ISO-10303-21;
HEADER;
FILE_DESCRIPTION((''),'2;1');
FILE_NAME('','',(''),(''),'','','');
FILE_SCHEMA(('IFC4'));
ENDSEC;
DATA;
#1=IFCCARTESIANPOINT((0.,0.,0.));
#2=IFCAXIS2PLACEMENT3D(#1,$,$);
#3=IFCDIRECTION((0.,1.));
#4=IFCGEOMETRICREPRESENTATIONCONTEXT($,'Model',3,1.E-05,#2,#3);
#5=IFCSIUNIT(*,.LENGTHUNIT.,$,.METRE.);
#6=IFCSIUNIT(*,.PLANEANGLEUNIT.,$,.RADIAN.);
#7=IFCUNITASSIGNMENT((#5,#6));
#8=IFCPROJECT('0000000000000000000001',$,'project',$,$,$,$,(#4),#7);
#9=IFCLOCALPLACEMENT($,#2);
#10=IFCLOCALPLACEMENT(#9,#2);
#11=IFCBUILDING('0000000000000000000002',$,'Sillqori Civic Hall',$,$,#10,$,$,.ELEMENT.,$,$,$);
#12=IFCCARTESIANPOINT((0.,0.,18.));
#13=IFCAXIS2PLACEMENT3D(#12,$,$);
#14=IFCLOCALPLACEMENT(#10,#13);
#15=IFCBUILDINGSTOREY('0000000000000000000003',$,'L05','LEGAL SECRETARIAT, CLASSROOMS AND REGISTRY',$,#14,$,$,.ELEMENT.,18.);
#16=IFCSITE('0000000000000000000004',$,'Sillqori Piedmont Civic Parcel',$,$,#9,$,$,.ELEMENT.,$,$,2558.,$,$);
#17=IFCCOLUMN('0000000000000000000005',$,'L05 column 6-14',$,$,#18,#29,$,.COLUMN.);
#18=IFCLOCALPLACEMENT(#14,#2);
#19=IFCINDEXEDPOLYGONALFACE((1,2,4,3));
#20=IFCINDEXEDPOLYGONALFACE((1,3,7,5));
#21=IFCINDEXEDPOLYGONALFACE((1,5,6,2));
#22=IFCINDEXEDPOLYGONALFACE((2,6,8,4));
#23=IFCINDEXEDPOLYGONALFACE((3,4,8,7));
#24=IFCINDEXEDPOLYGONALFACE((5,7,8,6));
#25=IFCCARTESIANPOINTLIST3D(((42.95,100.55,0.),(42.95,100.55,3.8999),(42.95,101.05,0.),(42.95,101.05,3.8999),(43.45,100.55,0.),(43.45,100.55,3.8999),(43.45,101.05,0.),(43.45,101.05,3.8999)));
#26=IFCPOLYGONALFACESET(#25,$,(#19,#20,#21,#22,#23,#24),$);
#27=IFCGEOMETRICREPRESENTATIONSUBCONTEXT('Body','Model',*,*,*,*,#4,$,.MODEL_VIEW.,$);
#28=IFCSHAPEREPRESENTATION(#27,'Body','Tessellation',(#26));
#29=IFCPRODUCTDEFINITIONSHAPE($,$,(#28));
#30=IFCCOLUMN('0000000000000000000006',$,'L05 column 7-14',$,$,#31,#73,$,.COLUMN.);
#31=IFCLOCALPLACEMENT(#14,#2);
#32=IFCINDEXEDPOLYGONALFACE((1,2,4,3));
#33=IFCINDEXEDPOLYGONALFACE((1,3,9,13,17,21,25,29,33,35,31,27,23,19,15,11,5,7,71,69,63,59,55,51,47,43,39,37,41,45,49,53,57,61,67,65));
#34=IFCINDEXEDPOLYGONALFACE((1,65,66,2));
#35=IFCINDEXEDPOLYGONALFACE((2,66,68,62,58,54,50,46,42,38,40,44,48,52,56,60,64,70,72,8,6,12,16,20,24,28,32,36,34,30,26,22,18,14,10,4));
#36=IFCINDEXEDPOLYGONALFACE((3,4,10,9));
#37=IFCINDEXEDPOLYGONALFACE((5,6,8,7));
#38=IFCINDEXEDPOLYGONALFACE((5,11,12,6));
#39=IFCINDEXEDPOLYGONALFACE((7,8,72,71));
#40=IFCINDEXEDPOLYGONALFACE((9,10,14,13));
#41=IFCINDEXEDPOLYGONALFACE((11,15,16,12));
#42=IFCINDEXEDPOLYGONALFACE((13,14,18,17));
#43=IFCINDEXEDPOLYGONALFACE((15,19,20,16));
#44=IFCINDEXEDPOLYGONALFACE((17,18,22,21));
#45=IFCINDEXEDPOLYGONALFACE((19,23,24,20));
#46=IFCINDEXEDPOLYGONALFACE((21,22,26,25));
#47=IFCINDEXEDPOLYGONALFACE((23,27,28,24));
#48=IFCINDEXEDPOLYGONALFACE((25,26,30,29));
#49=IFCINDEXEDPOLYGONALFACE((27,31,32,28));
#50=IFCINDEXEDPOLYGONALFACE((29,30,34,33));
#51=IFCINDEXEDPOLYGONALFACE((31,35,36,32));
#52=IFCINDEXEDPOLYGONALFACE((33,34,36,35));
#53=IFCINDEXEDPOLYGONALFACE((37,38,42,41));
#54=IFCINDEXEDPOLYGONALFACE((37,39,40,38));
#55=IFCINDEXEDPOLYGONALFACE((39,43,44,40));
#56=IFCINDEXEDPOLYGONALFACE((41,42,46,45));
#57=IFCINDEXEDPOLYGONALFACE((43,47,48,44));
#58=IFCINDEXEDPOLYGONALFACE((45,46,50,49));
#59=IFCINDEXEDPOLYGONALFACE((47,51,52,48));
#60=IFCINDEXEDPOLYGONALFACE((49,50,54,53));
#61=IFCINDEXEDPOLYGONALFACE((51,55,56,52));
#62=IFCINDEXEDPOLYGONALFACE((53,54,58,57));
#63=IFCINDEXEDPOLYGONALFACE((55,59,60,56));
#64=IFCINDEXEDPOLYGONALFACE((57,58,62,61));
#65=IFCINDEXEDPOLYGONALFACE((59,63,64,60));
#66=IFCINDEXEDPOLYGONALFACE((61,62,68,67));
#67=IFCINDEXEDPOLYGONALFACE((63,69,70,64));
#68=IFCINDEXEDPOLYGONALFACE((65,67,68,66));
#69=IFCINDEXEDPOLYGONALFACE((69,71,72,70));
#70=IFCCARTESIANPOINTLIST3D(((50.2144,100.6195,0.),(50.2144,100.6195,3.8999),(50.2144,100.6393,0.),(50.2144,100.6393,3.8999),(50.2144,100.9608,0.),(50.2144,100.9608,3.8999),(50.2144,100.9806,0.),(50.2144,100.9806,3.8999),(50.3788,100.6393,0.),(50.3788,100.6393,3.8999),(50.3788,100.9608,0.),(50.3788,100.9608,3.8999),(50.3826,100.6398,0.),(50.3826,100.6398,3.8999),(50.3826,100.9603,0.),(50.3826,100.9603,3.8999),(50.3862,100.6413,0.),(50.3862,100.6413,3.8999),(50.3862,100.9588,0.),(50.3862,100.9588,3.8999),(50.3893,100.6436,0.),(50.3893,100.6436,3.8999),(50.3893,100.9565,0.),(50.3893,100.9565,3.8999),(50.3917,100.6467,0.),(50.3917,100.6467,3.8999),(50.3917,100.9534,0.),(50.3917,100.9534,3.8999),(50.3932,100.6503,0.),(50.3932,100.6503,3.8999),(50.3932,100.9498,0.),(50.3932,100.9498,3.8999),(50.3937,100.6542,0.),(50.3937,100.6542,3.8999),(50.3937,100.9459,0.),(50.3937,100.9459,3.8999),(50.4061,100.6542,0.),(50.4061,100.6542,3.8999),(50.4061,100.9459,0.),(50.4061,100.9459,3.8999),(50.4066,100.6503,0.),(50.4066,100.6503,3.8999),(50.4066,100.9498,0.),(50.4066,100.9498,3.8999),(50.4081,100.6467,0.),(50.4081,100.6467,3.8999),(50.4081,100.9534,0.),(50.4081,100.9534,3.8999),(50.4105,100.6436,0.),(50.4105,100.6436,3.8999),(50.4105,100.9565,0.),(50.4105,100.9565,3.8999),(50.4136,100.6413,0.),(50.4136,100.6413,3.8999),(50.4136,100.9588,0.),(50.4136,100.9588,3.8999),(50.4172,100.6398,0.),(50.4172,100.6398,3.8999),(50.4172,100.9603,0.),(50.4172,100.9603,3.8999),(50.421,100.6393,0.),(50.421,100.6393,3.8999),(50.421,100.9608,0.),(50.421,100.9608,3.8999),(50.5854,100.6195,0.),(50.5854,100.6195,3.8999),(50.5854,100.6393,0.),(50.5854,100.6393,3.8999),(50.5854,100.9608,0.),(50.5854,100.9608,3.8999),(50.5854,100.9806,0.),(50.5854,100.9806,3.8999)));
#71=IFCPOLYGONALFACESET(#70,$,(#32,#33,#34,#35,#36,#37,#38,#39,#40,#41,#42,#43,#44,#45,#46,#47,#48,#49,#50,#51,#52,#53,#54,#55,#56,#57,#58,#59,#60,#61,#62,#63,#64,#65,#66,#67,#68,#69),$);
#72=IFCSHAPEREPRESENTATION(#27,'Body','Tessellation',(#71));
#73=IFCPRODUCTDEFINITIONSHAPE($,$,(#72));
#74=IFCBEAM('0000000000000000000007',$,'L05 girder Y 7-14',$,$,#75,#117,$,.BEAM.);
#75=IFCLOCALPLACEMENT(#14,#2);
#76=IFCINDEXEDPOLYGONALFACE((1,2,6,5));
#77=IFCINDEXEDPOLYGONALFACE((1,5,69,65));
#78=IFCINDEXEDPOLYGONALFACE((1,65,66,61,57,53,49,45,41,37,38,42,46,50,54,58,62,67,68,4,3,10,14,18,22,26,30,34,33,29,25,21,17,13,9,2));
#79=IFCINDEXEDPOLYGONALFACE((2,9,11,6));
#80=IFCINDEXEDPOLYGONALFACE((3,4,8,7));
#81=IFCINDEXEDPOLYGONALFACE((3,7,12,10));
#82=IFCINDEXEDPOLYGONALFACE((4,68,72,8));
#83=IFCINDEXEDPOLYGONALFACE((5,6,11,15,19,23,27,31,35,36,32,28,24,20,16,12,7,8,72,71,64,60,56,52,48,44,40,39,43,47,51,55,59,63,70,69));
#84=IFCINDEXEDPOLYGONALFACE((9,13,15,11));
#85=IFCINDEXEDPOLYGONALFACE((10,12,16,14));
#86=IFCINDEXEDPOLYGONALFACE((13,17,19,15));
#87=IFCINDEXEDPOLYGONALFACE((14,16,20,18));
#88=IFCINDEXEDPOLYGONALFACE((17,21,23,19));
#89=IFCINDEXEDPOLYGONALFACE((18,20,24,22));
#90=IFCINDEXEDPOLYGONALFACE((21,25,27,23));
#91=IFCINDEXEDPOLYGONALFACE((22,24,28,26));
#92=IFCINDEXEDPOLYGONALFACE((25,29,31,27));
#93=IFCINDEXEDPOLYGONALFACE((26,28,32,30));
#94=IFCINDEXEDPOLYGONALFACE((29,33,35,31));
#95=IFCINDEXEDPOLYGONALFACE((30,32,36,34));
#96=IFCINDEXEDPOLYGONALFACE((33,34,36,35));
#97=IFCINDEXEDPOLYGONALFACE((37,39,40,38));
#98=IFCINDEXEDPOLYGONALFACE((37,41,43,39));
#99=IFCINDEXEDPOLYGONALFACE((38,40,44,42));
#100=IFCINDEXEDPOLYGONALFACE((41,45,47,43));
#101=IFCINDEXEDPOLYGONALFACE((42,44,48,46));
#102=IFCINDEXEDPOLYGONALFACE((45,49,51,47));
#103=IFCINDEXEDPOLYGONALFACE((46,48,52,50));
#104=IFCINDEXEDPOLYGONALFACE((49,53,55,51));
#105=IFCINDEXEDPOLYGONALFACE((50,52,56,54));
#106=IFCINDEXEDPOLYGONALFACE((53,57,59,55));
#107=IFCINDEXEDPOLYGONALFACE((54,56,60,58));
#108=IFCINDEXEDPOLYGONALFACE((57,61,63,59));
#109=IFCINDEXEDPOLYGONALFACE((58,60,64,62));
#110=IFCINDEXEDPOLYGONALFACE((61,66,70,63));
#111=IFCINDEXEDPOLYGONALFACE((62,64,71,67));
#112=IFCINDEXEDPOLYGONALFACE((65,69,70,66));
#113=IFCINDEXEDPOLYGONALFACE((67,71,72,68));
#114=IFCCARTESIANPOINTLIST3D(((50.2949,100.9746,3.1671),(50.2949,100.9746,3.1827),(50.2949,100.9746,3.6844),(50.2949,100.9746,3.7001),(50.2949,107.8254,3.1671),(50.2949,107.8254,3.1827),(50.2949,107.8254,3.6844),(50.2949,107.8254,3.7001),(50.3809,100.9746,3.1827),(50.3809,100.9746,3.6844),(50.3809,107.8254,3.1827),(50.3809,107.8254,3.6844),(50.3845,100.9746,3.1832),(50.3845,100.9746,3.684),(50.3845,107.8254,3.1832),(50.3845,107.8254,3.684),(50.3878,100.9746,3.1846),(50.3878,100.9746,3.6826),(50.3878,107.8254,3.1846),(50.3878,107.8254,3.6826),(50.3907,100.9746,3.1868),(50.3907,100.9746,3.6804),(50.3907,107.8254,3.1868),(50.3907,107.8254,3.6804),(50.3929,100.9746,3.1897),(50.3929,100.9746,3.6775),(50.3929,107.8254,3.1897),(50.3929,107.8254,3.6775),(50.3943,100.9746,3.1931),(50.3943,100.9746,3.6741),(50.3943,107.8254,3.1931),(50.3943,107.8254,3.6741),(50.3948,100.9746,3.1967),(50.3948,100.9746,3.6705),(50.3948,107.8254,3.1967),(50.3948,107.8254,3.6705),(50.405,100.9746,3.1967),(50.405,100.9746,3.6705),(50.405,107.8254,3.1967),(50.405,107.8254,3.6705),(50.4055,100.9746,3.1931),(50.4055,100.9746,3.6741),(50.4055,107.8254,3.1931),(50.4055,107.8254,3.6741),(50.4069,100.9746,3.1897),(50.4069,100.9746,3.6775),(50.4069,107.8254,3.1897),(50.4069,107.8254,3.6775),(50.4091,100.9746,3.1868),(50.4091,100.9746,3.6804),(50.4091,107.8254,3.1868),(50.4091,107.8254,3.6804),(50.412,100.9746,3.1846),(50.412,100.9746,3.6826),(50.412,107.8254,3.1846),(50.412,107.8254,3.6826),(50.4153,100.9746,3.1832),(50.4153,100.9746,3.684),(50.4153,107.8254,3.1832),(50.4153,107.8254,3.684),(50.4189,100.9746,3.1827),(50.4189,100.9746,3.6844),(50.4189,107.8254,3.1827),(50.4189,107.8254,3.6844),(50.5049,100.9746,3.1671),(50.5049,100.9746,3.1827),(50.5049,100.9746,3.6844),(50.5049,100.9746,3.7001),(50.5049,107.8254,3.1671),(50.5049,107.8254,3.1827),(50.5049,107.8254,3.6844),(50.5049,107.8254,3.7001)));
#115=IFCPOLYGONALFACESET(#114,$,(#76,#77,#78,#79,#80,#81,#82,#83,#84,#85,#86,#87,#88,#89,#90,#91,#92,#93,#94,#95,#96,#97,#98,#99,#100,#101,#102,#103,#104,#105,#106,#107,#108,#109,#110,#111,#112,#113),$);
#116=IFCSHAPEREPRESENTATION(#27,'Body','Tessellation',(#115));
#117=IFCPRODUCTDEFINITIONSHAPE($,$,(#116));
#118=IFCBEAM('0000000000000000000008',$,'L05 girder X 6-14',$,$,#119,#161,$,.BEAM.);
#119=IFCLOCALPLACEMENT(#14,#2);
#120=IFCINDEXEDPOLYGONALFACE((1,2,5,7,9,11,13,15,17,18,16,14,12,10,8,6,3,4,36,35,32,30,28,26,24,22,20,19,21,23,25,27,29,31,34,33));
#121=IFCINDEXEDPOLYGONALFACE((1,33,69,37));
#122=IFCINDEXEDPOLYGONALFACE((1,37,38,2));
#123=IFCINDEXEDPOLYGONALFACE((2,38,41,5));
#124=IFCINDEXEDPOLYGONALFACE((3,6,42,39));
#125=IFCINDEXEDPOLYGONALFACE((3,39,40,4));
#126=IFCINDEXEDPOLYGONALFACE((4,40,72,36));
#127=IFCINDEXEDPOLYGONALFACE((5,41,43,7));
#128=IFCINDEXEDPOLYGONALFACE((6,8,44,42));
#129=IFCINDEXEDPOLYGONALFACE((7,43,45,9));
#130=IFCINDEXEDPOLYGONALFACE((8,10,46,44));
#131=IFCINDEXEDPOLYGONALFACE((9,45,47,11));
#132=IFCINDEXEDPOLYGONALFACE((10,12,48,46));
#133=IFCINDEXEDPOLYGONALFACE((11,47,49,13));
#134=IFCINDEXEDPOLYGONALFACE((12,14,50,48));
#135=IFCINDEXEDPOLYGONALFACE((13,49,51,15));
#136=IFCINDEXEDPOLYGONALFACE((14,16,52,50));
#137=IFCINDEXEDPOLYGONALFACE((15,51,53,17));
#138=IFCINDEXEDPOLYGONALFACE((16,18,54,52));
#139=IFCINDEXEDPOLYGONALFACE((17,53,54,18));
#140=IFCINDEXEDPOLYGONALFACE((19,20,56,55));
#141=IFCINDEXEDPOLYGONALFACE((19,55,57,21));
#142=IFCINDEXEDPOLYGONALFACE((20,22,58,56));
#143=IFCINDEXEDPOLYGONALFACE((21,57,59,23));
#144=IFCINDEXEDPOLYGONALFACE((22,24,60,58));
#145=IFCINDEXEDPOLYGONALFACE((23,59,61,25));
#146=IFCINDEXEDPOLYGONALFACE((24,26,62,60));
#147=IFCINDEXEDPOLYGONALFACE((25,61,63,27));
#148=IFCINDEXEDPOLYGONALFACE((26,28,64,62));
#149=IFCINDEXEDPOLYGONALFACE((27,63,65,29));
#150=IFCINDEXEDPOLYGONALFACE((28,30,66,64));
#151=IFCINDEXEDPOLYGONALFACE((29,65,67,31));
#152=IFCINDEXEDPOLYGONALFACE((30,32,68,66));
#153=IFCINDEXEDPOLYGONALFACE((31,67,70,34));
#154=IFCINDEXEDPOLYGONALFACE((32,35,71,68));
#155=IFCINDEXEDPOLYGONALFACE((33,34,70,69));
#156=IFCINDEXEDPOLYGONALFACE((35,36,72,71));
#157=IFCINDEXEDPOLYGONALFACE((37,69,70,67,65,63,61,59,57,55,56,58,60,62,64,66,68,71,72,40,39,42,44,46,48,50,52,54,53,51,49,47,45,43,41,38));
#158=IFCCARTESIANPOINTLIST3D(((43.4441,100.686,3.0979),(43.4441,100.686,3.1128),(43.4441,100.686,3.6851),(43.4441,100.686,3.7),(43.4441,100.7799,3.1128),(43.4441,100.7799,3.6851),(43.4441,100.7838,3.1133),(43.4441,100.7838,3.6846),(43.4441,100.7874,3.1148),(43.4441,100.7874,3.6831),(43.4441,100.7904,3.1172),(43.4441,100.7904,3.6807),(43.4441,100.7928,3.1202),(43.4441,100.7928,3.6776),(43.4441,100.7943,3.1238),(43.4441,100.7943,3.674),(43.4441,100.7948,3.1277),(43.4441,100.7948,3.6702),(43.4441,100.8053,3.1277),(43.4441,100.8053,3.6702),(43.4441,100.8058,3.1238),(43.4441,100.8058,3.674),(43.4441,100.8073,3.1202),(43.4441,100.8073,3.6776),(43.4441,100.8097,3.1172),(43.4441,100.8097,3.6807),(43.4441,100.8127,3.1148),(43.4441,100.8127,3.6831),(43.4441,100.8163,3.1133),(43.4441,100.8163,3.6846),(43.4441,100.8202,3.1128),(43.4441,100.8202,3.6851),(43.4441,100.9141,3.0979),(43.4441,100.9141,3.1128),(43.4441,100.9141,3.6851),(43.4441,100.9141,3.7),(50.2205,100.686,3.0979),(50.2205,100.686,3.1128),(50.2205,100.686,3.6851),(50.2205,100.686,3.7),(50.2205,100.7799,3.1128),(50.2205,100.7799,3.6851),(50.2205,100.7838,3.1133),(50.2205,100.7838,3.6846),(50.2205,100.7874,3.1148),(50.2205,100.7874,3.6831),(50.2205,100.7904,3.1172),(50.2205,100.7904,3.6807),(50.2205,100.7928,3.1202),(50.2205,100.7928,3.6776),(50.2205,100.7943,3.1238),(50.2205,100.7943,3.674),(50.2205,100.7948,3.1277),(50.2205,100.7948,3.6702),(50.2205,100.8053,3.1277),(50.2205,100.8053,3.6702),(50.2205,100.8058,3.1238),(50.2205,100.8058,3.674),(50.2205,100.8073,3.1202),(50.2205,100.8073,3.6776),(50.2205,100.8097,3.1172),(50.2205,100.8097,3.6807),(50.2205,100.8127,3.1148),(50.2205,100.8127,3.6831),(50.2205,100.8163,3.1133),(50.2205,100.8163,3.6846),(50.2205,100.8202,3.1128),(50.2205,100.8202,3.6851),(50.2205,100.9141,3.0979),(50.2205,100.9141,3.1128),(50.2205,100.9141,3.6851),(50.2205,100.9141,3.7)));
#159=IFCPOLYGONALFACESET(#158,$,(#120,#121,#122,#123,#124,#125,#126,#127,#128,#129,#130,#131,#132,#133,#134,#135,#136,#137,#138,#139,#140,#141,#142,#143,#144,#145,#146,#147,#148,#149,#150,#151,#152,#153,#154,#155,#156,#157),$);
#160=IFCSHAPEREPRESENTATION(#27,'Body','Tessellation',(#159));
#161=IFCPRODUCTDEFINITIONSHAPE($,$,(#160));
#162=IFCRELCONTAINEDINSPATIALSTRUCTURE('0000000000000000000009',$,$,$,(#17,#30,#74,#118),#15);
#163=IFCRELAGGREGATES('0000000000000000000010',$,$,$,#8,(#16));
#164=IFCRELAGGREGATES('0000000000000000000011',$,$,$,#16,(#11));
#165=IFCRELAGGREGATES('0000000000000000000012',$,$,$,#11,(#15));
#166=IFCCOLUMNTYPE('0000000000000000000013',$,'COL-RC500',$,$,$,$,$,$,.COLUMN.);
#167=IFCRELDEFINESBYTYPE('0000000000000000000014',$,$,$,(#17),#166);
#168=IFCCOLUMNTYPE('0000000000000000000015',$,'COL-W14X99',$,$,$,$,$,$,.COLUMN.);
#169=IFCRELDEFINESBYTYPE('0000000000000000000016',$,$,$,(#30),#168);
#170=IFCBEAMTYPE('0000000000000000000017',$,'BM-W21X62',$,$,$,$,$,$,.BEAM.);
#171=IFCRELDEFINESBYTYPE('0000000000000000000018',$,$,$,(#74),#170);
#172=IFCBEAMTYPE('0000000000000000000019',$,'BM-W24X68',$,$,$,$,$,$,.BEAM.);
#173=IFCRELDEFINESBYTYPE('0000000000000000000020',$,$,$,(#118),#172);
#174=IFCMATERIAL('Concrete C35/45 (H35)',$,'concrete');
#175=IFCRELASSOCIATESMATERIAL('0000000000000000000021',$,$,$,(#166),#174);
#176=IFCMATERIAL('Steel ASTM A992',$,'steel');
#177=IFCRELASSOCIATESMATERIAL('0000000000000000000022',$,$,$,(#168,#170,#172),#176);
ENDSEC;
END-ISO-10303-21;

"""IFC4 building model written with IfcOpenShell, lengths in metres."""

from ifc_helpers import new_model, si_unit, direction, frame, origin, origin_2d, place, context, subcontext, project, spatial, rectangle, i_section, extrude, material, material_profile, profile_set, type_object, element, save


model = new_model("IFC4")

# Units and contexts
model_context = context("Model", 3, precision=1e-05, world=origin(), true_north=direction((0.0, 1.0)))
body_context = subcontext(model_context, "Body", "Model", "MODEL_VIEW")
ifc_project = project(units=[si_unit("LENGTHUNIT", "METRE"), si_unit("PLANEANGLEUNIT", "RADIAN")], contexts=[model_context])

# Site, building, storey
site_placement = place(None, origin())
site = spatial("IfcSite", under=ifc_project, at=site_placement, Name="Sillqori Piedmont Civic Parcel", CompositionType="ELEMENT", RefElevation=2558.0)
building_placement = place(site_placement, origin())
building = spatial("IfcBuilding", under=site, at=building_placement, Name="Sillqori Civic Hall", CompositionType="ELEMENT")
storey_placement = place(building_placement, frame((0.0, 0.0, 18.0)))
storey = spatial("IfcBuildingStorey", under=building, at=storey_placement, Name="L05", Description="LEGAL SECRETARIAT, CLASSROOMS AND REGISTRY", CompositionType="ELEMENT", Elevation=18.0)

# Columns
ifc_material_1 = material(Name="Concrete C35/45 (H35)", Category="concrete")
ifc_material_profile_1 = material_profile(ifc_material_1, rectangle(XDim=0.5, YDim=0.5, at=origin_2d()), Name="RC 500x500")
ifc_profile_set_1 = profile_set([ifc_material_profile_1], Name="Concrete C35/45 (H35)")
column_type_1 = type_object("IfcColumnType", Name="COL-RC500", PredefinedType="COLUMN", material=ifc_profile_set_1)
column_1_placement = place(storey_placement, frame((43.2, 100.8, 0.0), z_axis=(0.0, 0.0, 1.0), x_axis=(1.0, 0.0, 0.0)))
element("IfcColumn", 1, at=column_1_placement, inside=storey, type_object=column_type_1, Name="L05 column 6-14", PredefinedType="COLUMN", context=body_context, shape_type="SweptSolid", body=[
    extrude(rectangle(XDim=0.5, YDim=0.5, at=origin_2d()), origin(), (0.0, 0.0, 1.0), 3.8999),
])
ifc_material_2 = material(Name="Steel ASTM A992", Category="steel")
ifc_material_profile_2 = material_profile(ifc_material_2, i_section(OverallWidth=0.3711, OverallDepth=0.3611, WebThickness=0.0125, FlangeThickness=0.0198, FilletRadius=0.0149, at=origin_2d()), Name="W14X99")
ifc_profile_set_2 = profile_set([ifc_material_profile_2], Name="Steel ASTM A992")
column_type_2 = type_object("IfcColumnType", Name="COL-W14X99", PredefinedType="COLUMN", material=ifc_profile_set_2)
column_2_placement = place(storey_placement, frame((50.3999, 100.8, 0.0), z_axis=(0.0, 0.0, 1.0), x_axis=(1.0, 0.0, 0.0)))
element("IfcColumn", 2, at=column_2_placement, inside=storey, type_object=column_type_2, Name="L05 column 7-14", PredefinedType="COLUMN", context=body_context, shape_type="SweptSolid", body=[
    extrude(i_section(OverallWidth=0.3711, OverallDepth=0.3611, WebThickness=0.0125, FlangeThickness=0.0198, FilletRadius=0.0149, at=origin_2d()), origin(), (0.0, 0.0, 1.0), 3.8999),
])

# Beams
ifc_material_profile_3 = material_profile(ifc_material_2, i_section(OverallWidth=0.21, OverallDepth=0.533, WebThickness=0.0103, FlangeThickness=0.0156, FilletRadius=0.0139, at=origin_2d()), Name="W21X62")
ifc_profile_set_3 = profile_set([ifc_material_profile_3], Name="Steel ASTM A992")
beam_type_1 = type_object("IfcBeamType", Name="BM-W21X62", PredefinedType="BEAM", material=ifc_profile_set_3)
beam_1_placement = place(storey_placement, frame((50.3999, 100.9746, 3.4336), z_axis=(0.0, 1.0, 0.0), x_axis=(-1.0, 0.0, 0.0)))
element("IfcBeam", 3, at=beam_1_placement, inside=storey, type_object=beam_type_1, Name="L05 girder Y 7-14", PredefinedType="BEAM", context=body_context, shape_type="SweptSolid", body=[
    extrude(i_section(OverallWidth=0.21, OverallDepth=0.533, WebThickness=0.0103, FlangeThickness=0.0156, FilletRadius=0.0139, at=origin_2d()), origin(), (0.0, 0.0, 1.0), 6.8508),
])
ifc_material_profile_4 = material_profile(ifc_material_2, i_section(OverallWidth=0.228, OverallDepth=0.6021, WebThickness=0.0105, FlangeThickness=0.0149, FilletRadius=0.0149, at=origin_2d()), Name="W24X68")
ifc_profile_set_4 = profile_set([ifc_material_profile_4], Name="Steel ASTM A992")
beam_type_2 = type_object("IfcBeamType", Name="BM-W24X68", PredefinedType="BEAM", material=ifc_profile_set_4)
beam_2_placement = place(storey_placement, frame((43.4441, 100.8, 3.3989), z_axis=(1.0, 0.0, 0.0), x_axis=(0.0, 1.0, 0.0)))
element("IfcBeam", 4, at=beam_2_placement, inside=storey, type_object=beam_type_2, Name="L05 girder X 6-14", PredefinedType="BEAM", context=body_context, shape_type="SweptSolid", body=[
    extrude(i_section(OverallWidth=0.228, OverallDepth=0.6021, WebThickness=0.0105, FlangeThickness=0.0149, FilletRadius=0.0149, at=origin_2d()), origin(), (0.0, 0.0, 1.0), 6.7764),
])

save(model, "model.ifc")
